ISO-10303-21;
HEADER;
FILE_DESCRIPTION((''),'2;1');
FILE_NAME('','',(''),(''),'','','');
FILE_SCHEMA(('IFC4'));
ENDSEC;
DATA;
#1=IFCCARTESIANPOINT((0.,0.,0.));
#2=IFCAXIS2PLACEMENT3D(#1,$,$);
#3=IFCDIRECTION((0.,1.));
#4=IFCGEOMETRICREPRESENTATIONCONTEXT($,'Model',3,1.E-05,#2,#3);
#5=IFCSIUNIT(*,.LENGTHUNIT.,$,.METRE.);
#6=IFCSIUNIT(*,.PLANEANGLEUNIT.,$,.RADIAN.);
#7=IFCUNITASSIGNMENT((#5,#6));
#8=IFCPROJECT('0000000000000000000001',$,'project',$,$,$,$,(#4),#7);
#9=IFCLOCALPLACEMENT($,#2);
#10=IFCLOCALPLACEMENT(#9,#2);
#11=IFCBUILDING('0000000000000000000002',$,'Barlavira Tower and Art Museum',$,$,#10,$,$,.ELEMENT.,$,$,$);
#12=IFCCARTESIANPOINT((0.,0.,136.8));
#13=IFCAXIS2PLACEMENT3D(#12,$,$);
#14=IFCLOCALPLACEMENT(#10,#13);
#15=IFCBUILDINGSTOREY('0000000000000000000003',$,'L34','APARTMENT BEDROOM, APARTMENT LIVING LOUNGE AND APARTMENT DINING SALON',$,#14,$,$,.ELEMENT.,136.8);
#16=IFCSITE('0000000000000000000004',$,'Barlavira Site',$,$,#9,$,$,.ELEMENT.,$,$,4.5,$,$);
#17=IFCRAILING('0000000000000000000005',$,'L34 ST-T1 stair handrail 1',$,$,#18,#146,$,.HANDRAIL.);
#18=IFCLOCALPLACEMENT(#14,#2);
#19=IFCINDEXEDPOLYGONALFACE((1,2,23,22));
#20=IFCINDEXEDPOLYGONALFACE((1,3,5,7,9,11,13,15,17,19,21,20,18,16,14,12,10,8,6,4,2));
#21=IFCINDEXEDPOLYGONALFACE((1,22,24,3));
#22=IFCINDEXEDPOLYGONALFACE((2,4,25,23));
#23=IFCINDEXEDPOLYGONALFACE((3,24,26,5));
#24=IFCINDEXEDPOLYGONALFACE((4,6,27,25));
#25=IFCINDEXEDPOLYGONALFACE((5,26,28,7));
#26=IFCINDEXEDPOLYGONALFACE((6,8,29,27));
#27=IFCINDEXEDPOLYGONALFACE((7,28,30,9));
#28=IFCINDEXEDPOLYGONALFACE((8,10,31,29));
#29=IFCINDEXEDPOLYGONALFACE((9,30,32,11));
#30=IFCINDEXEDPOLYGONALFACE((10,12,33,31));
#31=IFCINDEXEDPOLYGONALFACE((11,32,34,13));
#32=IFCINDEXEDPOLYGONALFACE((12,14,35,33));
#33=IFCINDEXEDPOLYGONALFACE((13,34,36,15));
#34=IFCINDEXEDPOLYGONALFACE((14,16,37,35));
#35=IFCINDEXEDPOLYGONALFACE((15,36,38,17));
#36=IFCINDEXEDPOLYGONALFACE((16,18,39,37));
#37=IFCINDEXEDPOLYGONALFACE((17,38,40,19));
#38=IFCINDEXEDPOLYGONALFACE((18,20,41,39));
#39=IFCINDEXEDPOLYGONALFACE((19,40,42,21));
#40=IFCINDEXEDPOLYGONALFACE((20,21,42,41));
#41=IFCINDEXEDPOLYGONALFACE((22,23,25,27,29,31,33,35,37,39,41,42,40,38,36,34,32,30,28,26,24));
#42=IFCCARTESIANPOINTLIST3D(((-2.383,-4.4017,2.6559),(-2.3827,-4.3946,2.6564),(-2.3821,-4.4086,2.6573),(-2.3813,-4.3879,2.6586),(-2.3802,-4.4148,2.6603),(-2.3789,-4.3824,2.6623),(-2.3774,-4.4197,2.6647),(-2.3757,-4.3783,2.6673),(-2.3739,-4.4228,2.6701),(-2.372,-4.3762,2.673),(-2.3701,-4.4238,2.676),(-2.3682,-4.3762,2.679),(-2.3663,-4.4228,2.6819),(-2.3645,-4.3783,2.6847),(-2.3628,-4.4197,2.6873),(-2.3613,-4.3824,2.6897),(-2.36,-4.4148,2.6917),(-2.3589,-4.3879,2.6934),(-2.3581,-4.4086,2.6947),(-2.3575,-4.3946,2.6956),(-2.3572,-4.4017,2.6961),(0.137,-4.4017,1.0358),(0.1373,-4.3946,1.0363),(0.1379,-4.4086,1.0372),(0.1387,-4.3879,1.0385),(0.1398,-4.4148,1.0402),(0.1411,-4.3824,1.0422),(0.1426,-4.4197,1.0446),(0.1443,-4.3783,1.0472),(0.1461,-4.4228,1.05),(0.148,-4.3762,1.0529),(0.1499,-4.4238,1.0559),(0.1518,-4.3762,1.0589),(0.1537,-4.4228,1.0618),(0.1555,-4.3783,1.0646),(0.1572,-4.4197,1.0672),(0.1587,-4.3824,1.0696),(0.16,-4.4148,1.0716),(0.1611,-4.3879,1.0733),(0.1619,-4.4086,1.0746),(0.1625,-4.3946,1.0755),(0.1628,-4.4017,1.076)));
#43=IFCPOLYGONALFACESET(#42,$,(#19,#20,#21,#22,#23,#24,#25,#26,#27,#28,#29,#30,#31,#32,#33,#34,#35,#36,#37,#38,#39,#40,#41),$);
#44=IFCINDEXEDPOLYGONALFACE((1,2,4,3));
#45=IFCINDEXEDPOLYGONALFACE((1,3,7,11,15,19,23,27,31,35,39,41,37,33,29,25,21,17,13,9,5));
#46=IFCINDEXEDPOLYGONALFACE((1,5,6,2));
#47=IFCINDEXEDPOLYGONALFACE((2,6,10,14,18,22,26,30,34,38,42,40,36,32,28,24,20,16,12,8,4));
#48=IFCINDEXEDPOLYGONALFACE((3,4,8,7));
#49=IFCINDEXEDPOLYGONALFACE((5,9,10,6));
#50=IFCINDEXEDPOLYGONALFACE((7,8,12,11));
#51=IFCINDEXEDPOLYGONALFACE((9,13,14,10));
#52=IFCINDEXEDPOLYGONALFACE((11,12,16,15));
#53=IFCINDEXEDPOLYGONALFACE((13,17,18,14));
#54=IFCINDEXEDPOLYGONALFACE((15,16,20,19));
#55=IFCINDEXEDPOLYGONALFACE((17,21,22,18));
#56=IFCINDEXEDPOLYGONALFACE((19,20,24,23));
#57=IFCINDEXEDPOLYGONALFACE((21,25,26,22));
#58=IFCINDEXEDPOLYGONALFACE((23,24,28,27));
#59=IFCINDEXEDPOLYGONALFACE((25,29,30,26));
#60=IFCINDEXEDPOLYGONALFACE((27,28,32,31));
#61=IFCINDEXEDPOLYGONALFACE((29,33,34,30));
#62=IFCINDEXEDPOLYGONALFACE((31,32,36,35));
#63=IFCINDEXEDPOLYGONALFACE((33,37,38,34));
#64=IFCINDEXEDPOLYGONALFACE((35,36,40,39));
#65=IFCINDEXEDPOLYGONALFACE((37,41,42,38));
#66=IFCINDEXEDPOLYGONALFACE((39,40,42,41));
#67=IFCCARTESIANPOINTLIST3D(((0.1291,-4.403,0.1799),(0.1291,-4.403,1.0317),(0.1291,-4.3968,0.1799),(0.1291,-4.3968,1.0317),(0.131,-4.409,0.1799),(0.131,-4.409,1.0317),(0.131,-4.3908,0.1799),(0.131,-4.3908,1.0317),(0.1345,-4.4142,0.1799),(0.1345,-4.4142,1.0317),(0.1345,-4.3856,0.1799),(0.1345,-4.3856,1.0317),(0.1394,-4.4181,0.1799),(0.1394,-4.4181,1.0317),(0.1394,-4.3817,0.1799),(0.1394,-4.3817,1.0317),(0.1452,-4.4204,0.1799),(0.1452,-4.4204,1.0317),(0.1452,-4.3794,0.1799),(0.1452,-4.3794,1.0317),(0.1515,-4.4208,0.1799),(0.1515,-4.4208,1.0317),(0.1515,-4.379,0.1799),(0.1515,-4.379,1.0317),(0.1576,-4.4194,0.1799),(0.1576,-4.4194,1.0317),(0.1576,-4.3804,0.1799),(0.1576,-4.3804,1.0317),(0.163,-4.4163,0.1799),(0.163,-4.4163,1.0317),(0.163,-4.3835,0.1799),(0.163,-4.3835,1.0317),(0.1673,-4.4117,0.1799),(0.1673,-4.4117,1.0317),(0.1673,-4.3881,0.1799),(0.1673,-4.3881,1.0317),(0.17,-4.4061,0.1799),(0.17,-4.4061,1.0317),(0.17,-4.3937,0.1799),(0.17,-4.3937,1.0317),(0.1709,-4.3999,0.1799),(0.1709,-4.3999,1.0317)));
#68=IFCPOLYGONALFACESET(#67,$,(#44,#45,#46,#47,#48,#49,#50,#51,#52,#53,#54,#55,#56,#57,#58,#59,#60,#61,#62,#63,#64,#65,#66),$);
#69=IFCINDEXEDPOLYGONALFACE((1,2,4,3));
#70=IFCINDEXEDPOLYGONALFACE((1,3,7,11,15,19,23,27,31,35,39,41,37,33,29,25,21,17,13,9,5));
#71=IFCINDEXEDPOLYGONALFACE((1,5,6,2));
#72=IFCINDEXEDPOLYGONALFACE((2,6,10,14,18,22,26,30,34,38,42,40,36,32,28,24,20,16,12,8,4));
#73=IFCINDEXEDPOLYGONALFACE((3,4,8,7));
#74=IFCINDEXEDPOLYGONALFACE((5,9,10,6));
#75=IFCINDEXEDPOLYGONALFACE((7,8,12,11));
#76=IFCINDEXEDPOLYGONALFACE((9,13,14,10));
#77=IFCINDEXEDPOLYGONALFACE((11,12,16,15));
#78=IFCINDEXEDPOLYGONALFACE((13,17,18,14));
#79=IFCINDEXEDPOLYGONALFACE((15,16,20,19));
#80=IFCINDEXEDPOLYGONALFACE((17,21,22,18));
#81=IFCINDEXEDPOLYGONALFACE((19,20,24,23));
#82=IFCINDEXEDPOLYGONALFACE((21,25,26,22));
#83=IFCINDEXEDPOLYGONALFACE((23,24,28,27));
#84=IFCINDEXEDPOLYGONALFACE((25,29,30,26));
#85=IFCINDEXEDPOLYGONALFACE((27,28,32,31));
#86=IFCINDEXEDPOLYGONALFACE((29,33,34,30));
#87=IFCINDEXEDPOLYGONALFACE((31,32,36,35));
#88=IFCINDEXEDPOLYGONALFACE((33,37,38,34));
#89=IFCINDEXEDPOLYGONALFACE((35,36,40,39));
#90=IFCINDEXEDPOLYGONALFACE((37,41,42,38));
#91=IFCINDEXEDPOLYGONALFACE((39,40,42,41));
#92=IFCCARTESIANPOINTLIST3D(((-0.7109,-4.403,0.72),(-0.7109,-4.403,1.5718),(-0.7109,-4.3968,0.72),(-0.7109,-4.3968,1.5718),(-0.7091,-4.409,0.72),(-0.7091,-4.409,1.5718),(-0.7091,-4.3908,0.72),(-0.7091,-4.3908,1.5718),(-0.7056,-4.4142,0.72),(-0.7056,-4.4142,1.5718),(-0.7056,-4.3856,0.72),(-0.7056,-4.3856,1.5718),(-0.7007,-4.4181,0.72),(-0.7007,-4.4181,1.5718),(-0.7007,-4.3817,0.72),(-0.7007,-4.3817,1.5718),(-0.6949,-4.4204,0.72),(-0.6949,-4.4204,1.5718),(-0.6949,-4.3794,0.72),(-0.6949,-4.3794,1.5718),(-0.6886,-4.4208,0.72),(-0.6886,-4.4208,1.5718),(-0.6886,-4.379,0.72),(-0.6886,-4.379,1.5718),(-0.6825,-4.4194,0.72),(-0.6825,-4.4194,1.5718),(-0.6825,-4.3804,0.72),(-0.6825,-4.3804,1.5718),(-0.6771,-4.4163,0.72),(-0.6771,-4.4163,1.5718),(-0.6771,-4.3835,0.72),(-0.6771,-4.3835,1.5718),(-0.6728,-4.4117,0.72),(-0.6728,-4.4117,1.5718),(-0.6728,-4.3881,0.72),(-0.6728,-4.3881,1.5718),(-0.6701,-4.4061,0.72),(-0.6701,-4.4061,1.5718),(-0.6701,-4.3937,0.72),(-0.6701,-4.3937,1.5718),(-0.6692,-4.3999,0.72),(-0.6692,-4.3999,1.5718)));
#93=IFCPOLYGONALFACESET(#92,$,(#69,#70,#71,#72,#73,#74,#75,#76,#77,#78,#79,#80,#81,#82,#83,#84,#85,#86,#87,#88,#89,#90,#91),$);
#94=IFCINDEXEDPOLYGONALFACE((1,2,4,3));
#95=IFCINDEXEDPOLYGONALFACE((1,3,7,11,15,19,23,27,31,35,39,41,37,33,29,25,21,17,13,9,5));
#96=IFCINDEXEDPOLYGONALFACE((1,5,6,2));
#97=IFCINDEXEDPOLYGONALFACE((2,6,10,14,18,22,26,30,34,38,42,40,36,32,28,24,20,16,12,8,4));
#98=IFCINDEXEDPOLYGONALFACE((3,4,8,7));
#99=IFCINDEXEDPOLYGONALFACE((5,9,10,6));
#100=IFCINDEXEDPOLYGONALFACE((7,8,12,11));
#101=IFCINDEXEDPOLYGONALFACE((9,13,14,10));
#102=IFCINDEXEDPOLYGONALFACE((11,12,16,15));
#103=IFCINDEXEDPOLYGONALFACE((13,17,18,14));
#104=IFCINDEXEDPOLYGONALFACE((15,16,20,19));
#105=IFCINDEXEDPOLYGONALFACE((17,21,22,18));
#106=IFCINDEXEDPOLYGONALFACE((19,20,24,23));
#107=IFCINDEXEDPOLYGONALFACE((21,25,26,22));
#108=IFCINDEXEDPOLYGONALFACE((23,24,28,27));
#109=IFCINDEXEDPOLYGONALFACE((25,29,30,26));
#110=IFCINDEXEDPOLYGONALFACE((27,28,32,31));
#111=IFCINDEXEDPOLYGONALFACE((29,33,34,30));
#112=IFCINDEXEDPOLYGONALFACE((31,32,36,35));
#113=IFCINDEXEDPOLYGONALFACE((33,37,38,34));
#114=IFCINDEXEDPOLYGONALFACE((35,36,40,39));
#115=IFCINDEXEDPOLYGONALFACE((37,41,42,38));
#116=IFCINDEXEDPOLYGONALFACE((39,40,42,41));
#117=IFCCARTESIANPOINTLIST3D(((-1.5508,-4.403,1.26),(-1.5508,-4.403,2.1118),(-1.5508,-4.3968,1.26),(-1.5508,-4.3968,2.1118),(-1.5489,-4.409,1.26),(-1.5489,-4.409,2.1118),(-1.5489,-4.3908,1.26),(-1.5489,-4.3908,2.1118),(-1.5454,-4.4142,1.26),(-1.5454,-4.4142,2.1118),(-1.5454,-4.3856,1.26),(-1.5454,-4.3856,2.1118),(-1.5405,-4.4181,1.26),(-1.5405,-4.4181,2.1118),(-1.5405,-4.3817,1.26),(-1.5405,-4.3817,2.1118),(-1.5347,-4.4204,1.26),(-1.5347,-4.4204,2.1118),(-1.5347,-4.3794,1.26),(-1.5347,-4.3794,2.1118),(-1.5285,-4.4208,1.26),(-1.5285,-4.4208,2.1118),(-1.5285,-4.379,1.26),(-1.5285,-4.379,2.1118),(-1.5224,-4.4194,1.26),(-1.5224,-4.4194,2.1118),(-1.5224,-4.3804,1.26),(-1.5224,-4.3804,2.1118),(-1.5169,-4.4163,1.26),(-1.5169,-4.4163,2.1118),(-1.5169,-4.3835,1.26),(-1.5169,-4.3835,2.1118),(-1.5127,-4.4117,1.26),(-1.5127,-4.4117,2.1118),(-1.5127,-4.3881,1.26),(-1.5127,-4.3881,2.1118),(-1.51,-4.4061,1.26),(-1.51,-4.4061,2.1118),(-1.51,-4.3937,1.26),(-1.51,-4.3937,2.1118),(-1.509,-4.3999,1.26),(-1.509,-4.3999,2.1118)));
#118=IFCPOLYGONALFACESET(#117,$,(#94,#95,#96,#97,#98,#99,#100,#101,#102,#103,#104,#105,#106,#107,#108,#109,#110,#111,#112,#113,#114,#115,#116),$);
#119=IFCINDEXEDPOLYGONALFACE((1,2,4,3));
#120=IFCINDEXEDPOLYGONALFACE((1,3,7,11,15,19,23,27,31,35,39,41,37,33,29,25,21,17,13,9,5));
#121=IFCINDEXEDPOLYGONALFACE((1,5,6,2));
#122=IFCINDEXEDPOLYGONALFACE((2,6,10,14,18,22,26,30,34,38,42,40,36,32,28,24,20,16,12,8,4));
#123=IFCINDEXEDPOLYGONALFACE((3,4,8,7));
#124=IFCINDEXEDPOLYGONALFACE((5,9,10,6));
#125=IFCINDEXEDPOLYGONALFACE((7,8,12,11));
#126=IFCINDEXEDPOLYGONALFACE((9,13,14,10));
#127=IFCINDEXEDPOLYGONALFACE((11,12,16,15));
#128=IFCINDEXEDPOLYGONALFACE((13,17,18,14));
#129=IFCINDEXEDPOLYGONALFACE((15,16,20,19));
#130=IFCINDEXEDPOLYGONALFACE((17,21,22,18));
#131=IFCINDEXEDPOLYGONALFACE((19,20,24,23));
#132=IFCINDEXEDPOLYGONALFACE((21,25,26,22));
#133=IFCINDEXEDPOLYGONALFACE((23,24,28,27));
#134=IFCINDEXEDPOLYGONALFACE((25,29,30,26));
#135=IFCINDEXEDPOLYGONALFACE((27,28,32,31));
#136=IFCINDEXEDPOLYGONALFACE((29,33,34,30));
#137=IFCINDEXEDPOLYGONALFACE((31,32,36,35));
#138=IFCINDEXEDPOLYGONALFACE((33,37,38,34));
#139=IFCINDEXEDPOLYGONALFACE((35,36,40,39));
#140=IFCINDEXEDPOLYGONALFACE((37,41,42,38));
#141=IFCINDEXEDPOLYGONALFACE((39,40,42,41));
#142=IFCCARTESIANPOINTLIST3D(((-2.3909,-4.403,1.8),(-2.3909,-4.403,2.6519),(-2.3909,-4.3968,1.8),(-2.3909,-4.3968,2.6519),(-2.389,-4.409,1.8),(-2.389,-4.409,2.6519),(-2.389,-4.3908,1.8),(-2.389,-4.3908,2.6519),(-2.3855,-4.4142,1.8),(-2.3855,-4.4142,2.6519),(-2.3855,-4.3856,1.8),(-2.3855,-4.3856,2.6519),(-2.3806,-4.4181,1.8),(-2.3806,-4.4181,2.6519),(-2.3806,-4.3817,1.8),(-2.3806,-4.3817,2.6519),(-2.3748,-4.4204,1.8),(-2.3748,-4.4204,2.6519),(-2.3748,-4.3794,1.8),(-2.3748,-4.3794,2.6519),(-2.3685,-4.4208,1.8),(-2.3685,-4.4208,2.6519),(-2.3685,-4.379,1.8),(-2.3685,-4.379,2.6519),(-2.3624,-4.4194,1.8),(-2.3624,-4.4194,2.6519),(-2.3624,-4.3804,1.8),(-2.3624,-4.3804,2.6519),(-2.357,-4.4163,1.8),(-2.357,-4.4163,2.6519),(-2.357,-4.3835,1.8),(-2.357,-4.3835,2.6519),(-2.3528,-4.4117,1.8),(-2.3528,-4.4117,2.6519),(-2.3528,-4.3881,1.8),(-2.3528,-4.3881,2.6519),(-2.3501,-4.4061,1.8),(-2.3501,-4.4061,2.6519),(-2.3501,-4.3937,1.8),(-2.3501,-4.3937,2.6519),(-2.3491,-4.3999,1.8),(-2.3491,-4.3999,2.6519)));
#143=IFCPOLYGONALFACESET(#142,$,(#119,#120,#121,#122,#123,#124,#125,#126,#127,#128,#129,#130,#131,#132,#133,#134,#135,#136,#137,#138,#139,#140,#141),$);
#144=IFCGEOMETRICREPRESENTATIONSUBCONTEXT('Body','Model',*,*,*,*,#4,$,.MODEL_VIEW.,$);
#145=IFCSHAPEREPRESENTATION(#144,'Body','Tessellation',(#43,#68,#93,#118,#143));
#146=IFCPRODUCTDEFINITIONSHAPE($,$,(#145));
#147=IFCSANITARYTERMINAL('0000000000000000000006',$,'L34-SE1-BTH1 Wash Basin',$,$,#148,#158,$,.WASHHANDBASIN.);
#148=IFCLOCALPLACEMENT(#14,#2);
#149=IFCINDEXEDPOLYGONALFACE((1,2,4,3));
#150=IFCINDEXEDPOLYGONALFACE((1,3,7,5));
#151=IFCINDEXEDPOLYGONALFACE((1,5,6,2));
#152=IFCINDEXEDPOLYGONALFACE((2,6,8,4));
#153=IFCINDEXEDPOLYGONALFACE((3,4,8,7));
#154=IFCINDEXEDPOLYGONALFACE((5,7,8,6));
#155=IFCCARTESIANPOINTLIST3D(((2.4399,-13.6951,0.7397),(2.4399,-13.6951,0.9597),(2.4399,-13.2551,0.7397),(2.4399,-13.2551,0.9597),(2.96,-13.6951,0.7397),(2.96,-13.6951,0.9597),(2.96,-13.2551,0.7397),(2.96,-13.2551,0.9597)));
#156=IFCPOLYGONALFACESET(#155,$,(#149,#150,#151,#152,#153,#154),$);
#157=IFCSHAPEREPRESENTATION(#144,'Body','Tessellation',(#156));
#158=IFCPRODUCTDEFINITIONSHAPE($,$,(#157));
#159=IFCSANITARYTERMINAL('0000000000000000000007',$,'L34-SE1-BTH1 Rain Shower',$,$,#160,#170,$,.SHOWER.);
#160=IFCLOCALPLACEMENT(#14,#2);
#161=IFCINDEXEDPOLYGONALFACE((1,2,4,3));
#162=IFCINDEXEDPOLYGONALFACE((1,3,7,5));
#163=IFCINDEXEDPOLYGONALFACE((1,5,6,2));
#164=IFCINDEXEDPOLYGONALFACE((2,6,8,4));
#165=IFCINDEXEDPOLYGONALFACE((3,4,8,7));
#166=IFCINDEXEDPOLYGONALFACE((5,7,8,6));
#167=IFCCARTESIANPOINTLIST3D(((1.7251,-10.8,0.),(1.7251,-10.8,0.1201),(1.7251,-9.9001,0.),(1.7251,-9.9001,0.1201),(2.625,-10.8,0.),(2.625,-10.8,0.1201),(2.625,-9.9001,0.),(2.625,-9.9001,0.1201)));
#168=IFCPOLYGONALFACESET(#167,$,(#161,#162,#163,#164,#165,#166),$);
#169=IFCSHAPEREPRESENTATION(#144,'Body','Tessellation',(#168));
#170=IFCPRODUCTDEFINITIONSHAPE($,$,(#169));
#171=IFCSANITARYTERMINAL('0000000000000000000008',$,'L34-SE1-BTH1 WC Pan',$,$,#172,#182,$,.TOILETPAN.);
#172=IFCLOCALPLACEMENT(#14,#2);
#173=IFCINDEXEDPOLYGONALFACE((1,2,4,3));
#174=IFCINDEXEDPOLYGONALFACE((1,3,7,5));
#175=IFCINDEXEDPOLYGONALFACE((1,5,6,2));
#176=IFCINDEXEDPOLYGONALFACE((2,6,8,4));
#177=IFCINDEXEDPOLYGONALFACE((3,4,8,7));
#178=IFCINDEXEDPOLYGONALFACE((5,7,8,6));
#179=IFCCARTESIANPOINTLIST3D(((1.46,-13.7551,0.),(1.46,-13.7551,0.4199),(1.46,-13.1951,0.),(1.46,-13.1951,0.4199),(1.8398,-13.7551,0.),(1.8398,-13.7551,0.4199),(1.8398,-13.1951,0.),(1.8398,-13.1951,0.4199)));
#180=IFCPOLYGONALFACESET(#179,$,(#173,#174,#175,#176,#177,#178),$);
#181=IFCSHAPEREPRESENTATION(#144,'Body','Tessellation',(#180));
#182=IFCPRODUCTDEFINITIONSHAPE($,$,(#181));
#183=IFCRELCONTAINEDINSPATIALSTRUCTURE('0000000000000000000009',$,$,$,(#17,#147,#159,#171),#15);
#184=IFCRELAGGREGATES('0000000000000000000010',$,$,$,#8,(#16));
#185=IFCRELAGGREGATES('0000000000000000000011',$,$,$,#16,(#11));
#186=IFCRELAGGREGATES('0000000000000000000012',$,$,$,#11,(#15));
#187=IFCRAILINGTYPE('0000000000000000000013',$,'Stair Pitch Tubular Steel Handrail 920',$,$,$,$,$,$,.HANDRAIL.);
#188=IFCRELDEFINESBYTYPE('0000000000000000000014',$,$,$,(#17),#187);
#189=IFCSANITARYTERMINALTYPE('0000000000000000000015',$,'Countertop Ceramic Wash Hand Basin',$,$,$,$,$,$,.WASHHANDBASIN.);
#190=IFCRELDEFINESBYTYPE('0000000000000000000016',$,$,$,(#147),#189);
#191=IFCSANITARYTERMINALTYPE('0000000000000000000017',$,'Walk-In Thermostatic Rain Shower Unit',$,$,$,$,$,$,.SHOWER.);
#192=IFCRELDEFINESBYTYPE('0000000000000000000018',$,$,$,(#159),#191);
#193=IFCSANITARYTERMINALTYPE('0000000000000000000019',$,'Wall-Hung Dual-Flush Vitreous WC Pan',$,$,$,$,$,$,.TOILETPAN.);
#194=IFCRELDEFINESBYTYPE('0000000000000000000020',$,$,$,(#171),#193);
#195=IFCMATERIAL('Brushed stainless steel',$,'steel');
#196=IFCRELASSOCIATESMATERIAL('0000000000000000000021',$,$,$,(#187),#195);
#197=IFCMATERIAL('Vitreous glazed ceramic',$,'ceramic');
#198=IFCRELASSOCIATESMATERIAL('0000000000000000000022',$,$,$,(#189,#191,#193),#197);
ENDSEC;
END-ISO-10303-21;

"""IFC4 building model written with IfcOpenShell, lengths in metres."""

from ifc_helpers import new_model, si_unit, direction, frame, origin, origin_2d, place, context, subcontext, project, spatial, rectangle, circle, extrude, material, type_object, element, save


model = new_model("IFC4")

# Units and contexts
model_context = context("Model", 3, precision=1e-05, world=origin(), true_north=direction((0.0, 1.0)))
body_context = subcontext(model_context, "Body", "Model", "MODEL_VIEW")
ifc_project = project(units=[si_unit("LENGTHUNIT", "METRE"), si_unit("PLANEANGLEUNIT", "RADIAN")], contexts=[model_context])

# Site, building, storey
site_placement = place(None, origin())
site = spatial("IfcSite", under=ifc_project, at=site_placement, Name="Barlavira Site", CompositionType="ELEMENT", RefElevation=4.5)
building_placement = place(site_placement, origin())
building = spatial("IfcBuilding", under=site, at=building_placement, Name="Barlavira Tower and Art Museum", CompositionType="ELEMENT")
storey_placement = place(building_placement, frame((0.0, 0.0, 136.8)))
storey = spatial("IfcBuildingStorey", under=building, at=storey_placement, Name="L34", Description="APARTMENT BEDROOM, APARTMENT LIVING LOUNGE AND APARTMENT DINING SALON", CompositionType="ELEMENT", Elevation=136.8)

# Shared definitions
ifc_material_1 = material(Name="Brushed stainless steel", Category="steel")

# Railing
railing_type_1 = type_object("IfcRailingType", Name="Stair Pitch Tubular Steel Handrail 920", PredefinedType="HANDRAIL", material=ifc_material_1)
railing_1_placement = place(storey_placement, frame((0.1499, -4.3999, 0.1799)))
element("IfcRailing", 1, at=railing_1_placement, inside=storey, type_object=railing_type_1, Name="L34 ST-T1 stair handrail 1", PredefinedType="HANDRAIL", context=body_context, shape_type="SweptSolid", body=[
    extrude(circle(Radius=0.0239, at=origin_2d()), frame((0.0, 0.0, 0.876), z_axis=(-0.841163, 0.0, 0.540782), x_axis=(0.0, -1.0, 0.0)), (0.0, 0.0, 1.0), 2.9958),
    extrude(circle(Radius=0.021, at=origin_2d()), origin(), (0.0, 0.0, 1.0), 0.8518),
    extrude(circle(Radius=0.021, at=origin_2d()), frame((-0.8401, 0.0, 0.54)), (0.0, 0.0, 1.0), 0.8518),
    extrude(circle(Radius=0.021, at=origin_2d()), frame((-1.6799, 0.0, 1.0801)), (0.0, 0.0, 1.0), 0.8518),
    extrude(circle(Radius=0.021, at=origin_2d()), frame((-2.52, 0.0, 1.6201)), (0.0, 0.0, 1.0), 0.8518),
])

# Sanitary terminals
ifc_material_2 = material(Name="Vitreous glazed ceramic", Category="ceramic")
sanitary_terminal_type_1 = type_object("IfcSanitaryTerminalType", Name="Countertop Ceramic Wash Hand Basin", PredefinedType="WASHHANDBASIN", material=ifc_material_2)
sanitary_terminal_1_placement = place(storey_placement, frame((2.7, -13.4751, 0.7397), z_axis=(0.0, 0.0, 1.0), x_axis=(1.0, 0.0, 0.0)))
element("IfcSanitaryTerminal", 2, at=sanitary_terminal_1_placement, inside=storey, type_object=sanitary_terminal_type_1, Name="L34-SE1-BTH1 Wash Basin", PredefinedType="WASHHANDBASIN", context=body_context, shape_type="SweptSolid", body=[
    extrude(rectangle(XDim=0.52, YDim=0.4399, at=origin_2d()), origin(), (0.0, 0.0, 1.0), 0.22),
])
sanitary_terminal_type_2 = type_object("IfcSanitaryTerminalType", Name="Walk-In Thermostatic Rain Shower Unit", PredefinedType="SHOWER", material=ifc_material_2)
sanitary_terminal_2_placement = place(storey_placement, frame((2.175, -10.3501, 0.0), z_axis=(0.0, 0.0, 1.0), x_axis=(1.0, 0.0, 0.0)))
element("IfcSanitaryTerminal", 3, at=sanitary_terminal_2_placement, inside=storey, type_object=sanitary_terminal_type_2, Name="L34-SE1-BTH1 Rain Shower", PredefinedType="SHOWER", context=body_context, shape_type="SweptSolid", body=[
    extrude(rectangle(XDim=0.8999, YDim=0.8999, at=origin_2d()), origin(), (0.0, 0.0, 1.0), 0.1201),
])
sanitary_terminal_type_3 = type_object("IfcSanitaryTerminalType", Name="Wall-Hung Dual-Flush Vitreous WC Pan", PredefinedType="TOILETPAN", material=ifc_material_2)
sanitary_terminal_3_placement = place(storey_placement, frame((1.6499, -13.4751, 0.0), z_axis=(0.0, 0.0, 1.0), x_axis=(1.0, 0.0, 0.0)))
element("IfcSanitaryTerminal", 4, at=sanitary_terminal_3_placement, inside=storey, type_object=sanitary_terminal_type_3, Name="L34-SE1-BTH1 WC Pan", PredefinedType="TOILETPAN", context=body_context, shape_type="SweptSolid", body=[
    extrude(rectangle(XDim=0.3799, YDim=0.5601, at=origin_2d()), origin(), (0.0, 0.0, 1.0), 0.4199),
])

save(model, "model.ifc")
